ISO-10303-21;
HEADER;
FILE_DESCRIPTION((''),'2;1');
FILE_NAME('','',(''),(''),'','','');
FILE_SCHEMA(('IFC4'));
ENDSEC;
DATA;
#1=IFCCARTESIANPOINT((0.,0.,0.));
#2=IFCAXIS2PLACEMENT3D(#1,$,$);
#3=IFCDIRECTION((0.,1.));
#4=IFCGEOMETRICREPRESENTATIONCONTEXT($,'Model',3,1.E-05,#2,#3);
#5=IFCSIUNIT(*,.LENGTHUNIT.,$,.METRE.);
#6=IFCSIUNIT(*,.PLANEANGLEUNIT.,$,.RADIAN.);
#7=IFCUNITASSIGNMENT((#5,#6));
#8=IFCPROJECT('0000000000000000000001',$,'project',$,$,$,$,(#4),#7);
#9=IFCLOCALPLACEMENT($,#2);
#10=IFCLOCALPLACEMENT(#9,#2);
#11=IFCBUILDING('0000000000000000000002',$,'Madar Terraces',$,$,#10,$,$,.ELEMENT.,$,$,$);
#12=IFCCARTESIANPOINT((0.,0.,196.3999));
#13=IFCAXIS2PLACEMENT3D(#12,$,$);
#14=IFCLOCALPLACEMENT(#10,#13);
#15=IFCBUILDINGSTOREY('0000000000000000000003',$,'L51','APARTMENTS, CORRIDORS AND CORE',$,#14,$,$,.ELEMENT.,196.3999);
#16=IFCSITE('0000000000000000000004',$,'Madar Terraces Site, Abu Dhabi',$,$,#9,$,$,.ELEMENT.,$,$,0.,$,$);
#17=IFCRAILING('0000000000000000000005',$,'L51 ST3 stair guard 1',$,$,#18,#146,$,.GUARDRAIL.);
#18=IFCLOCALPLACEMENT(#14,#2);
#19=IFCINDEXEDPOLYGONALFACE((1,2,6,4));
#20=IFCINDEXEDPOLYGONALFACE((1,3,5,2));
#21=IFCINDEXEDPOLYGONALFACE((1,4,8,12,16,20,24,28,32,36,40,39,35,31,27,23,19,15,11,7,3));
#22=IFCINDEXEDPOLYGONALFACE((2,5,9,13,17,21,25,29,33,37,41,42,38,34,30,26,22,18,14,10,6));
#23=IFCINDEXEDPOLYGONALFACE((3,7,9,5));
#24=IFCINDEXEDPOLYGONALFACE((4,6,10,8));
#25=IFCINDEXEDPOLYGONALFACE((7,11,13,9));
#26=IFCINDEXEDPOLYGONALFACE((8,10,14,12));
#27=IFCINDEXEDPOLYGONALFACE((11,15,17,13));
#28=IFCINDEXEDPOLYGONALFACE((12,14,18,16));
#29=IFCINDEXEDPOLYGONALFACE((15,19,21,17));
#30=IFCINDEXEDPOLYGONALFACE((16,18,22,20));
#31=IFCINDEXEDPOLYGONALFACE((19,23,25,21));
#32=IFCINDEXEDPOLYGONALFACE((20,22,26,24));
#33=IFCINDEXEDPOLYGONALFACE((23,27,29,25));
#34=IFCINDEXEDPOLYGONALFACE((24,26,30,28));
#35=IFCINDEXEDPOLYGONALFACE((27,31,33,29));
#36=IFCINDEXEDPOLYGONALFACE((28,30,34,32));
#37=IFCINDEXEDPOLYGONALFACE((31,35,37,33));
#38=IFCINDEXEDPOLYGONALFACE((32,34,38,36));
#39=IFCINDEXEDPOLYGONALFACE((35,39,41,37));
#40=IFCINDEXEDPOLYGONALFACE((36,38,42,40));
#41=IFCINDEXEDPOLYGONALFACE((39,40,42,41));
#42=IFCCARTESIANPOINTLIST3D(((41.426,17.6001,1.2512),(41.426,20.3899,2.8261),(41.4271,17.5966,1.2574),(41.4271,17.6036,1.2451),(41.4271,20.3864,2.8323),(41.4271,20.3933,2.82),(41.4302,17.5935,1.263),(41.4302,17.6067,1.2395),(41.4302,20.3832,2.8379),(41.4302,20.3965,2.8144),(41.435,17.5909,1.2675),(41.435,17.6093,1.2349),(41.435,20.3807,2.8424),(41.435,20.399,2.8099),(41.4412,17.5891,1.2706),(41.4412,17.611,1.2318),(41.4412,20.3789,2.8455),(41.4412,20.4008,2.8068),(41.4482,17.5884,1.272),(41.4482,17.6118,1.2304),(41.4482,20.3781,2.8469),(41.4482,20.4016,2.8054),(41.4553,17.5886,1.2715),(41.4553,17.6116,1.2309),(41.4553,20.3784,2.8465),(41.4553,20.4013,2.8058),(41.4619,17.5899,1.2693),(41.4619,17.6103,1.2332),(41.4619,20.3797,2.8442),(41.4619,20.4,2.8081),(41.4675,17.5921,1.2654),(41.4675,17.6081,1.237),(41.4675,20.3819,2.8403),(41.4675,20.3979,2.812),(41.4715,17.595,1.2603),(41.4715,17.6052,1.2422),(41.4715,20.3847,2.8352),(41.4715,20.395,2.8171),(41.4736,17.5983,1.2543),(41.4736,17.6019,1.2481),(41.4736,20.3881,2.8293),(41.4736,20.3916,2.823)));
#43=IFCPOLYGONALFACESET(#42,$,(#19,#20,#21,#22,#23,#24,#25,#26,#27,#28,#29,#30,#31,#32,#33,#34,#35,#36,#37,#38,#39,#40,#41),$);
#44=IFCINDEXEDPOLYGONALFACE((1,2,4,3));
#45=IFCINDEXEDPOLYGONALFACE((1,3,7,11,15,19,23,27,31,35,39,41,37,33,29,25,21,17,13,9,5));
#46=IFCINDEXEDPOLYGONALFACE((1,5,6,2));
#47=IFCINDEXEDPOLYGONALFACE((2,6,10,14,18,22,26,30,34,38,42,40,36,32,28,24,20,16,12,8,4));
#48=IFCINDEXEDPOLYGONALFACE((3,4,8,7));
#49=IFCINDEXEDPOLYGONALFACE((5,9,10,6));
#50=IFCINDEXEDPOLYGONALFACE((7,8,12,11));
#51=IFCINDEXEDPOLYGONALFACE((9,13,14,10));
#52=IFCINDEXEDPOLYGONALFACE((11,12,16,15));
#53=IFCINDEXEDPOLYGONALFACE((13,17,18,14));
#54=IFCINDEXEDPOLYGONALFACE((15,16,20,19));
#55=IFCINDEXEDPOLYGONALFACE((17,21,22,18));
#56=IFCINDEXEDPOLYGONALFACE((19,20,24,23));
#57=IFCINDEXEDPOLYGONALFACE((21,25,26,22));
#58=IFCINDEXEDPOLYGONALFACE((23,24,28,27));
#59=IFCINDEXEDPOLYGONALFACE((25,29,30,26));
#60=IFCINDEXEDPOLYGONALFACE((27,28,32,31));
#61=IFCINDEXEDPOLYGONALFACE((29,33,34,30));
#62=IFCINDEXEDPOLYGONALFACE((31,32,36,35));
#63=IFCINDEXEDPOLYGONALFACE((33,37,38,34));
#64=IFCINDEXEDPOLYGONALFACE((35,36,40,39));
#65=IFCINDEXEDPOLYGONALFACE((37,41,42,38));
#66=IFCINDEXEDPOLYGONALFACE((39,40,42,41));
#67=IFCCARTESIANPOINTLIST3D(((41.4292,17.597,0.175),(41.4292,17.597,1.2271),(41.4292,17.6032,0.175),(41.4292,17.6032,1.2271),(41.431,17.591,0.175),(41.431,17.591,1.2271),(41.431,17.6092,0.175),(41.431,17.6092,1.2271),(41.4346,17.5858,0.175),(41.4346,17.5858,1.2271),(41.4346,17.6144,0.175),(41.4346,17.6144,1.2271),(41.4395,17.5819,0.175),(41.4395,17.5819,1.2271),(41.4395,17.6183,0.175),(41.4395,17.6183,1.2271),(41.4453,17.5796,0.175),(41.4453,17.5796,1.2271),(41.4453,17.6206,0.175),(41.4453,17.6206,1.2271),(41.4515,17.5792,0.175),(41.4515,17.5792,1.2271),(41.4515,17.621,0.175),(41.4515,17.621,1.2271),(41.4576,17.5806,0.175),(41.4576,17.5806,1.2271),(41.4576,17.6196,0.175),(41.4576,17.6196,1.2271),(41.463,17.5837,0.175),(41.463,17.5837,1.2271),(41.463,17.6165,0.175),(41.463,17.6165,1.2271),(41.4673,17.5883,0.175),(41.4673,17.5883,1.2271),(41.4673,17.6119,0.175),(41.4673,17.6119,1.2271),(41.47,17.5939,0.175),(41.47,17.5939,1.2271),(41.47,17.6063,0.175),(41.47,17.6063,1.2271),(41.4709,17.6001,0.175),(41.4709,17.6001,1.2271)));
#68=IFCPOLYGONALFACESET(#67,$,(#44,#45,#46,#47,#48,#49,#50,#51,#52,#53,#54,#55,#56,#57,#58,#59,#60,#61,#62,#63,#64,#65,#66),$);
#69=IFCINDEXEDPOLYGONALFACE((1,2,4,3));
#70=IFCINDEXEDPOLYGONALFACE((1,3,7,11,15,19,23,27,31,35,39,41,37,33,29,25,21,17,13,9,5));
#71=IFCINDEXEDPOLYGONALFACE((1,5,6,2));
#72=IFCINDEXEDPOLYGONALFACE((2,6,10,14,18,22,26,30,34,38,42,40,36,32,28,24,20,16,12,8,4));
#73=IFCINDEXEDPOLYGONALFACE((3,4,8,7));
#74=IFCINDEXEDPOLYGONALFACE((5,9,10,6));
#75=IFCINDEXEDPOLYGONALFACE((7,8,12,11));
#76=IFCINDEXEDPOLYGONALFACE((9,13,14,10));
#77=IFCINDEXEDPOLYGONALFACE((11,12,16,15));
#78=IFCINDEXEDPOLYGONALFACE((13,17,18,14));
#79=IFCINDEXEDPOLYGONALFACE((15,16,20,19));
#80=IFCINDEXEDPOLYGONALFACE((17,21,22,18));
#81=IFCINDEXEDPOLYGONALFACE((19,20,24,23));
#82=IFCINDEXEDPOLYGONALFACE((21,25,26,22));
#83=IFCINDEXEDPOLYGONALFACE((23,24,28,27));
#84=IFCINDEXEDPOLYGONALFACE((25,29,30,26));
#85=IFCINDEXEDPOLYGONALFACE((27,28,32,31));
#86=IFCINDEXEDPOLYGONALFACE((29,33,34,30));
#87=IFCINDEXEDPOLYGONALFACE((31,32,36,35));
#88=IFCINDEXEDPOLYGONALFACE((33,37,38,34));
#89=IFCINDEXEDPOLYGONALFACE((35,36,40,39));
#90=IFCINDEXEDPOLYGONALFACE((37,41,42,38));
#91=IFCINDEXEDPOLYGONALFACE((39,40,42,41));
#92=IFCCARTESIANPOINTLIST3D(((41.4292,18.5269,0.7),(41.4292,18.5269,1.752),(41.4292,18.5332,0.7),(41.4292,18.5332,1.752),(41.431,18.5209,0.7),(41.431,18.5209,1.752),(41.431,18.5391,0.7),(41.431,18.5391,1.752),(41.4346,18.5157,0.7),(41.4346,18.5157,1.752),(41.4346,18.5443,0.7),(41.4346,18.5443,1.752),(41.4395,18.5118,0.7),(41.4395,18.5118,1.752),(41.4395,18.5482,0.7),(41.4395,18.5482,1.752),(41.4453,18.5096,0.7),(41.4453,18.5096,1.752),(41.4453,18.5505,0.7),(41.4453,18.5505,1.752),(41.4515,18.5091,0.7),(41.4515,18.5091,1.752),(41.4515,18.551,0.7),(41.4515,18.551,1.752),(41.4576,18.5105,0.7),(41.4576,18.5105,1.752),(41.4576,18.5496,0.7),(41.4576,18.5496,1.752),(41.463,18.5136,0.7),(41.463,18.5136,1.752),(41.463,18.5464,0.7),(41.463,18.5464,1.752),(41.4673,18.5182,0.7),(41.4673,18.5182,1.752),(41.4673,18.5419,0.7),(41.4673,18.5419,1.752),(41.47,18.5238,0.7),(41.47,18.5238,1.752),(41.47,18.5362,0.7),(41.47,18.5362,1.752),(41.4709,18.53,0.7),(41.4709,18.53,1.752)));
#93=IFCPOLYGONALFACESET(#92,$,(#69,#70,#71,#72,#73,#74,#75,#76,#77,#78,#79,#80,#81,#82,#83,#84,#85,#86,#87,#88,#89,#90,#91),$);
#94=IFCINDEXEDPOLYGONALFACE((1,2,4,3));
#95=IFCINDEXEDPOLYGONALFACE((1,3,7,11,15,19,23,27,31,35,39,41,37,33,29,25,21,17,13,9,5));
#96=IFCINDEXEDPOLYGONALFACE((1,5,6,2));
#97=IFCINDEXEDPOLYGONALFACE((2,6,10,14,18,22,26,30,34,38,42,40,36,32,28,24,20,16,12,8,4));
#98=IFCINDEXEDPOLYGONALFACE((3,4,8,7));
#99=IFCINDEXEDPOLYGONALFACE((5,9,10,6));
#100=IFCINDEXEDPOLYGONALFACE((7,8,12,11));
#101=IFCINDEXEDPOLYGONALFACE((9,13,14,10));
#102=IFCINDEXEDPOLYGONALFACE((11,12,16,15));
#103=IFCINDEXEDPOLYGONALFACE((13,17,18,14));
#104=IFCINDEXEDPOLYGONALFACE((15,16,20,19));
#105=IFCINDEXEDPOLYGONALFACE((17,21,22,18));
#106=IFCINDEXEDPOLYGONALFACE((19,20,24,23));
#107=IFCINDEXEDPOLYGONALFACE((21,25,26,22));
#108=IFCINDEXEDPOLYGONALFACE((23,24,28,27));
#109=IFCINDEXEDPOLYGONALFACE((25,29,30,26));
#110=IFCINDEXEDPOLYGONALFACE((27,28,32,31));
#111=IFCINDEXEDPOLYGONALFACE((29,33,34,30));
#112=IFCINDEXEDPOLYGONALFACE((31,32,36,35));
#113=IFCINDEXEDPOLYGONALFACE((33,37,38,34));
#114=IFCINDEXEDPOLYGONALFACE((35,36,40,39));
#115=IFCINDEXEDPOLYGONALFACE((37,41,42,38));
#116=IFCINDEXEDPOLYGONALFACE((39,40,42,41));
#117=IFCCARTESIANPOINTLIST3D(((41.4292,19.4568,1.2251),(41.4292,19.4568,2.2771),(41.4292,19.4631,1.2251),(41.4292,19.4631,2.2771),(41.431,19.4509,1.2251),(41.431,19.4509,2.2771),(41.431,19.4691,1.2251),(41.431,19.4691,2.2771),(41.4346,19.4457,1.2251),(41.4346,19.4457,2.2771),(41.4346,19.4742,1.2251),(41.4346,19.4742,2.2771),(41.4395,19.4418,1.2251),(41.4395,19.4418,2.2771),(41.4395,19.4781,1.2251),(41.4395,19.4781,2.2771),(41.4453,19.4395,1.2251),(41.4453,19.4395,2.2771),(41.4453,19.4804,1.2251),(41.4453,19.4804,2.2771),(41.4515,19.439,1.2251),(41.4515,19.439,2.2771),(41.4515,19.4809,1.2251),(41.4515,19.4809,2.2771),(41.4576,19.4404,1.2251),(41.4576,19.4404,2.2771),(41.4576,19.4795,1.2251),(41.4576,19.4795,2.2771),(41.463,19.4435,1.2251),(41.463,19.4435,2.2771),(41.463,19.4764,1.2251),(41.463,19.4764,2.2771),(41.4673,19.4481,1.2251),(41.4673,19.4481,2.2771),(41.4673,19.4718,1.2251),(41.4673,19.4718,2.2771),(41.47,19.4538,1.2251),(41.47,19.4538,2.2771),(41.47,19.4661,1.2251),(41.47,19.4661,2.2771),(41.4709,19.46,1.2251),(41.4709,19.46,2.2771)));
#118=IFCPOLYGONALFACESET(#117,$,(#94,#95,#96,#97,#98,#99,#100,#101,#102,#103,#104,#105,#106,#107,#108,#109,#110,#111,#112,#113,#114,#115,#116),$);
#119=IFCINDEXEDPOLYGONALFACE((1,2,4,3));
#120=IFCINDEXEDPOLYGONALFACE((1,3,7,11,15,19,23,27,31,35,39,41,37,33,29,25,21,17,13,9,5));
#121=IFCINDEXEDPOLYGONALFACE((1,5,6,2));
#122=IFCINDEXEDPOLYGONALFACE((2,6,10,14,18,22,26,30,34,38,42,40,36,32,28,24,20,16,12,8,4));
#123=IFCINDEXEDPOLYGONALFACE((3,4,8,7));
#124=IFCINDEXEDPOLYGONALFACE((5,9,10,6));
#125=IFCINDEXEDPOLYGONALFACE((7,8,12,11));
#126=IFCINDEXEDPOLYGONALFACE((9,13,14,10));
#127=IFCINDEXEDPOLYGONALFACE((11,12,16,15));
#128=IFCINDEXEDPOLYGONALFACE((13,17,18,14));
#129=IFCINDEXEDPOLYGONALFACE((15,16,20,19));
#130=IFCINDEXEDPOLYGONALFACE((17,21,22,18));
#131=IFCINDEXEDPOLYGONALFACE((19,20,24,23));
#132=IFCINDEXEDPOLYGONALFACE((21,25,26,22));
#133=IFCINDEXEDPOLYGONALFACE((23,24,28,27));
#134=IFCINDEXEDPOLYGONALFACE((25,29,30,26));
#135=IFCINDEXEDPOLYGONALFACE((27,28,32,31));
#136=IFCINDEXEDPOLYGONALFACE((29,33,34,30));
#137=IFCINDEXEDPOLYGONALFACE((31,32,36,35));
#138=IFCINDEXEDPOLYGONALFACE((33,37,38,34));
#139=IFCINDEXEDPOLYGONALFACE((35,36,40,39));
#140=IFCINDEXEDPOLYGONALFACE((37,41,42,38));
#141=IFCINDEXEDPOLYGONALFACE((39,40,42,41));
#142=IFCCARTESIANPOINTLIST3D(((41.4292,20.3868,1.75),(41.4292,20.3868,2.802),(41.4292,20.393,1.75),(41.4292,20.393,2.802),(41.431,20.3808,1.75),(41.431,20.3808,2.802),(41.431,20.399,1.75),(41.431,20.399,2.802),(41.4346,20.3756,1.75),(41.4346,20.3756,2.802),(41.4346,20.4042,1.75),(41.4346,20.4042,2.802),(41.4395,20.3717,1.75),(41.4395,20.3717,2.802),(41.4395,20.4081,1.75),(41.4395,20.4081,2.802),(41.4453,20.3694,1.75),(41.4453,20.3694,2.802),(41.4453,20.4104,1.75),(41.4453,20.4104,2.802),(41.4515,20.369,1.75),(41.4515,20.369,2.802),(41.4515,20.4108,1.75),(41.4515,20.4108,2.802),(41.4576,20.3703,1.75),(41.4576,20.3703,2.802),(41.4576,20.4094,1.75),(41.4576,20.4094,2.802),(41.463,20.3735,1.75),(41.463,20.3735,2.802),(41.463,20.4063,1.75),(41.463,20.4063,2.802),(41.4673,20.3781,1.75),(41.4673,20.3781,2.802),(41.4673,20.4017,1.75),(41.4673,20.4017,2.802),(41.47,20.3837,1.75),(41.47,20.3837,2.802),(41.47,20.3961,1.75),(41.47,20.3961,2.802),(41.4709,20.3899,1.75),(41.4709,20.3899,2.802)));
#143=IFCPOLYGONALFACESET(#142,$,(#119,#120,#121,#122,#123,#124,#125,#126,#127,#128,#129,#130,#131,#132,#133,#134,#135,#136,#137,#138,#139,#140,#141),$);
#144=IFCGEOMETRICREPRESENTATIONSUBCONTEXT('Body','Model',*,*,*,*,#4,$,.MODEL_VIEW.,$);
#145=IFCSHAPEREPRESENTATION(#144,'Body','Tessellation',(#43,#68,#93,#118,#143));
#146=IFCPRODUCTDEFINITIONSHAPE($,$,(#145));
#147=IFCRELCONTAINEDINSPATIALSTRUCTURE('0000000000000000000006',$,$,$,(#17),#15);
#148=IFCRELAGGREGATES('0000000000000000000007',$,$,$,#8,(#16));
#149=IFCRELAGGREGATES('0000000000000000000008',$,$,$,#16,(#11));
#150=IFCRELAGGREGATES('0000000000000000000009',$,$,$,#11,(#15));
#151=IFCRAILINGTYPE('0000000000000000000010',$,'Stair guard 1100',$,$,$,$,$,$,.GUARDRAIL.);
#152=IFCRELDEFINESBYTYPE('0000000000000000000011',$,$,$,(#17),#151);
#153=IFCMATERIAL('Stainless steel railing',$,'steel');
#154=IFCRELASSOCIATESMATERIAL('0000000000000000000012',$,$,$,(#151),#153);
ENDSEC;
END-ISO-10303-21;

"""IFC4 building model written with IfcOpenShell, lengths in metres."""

from ifc_helpers import new_model, si_unit, direction, frame, origin, origin_2d, place, context, subcontext, project, spatial, circle, extrude, material, type_object, element, save


model = new_model("IFC4")

# Units and contexts
model_context = context("Model", 3, precision=1e-05, world=origin(), true_north=direction((0.0, 1.0)))
body_context = subcontext(model_context, "Body", "Model", "MODEL_VIEW")
ifc_project = project(units=[si_unit("LENGTHUNIT", "METRE"), si_unit("PLANEANGLEUNIT", "RADIAN")], contexts=[model_context])

# Site, building, storey
site_placement = place(None, origin())
site = spatial("IfcSite", under=ifc_project, at=site_placement, Name="Madar Terraces Site, Abu Dhabi", CompositionType="ELEMENT", RefElevation=0.0)
building_placement = place(site_placement, origin())
building = spatial("IfcBuilding", under=site, at=building_placement, Name="Madar Terraces", CompositionType="ELEMENT")
storey_placement = place(building_placement, frame((0.0, 0.0, 196.3999)))
storey = spatial("IfcBuildingStorey", under=building, at=storey_placement, Name="L51", Description="APARTMENTS, CORRIDORS AND CORE", CompositionType="ELEMENT", Elevation=196.3999)

# Railing
ifc_material_1 = material(Name="Stainless steel railing", Category="steel")
railing_type_1 = type_object("IfcRailingType", Name="Stair guard 1100", PredefinedType="GUARDRAIL", material=ifc_material_1)
railing_1_placement = place(storey_placement, frame((41.45, 17.6001, 0.175)))
element("IfcRailing", 1, at=railing_1_placement, inside=storey, type_object=railing_type_1, Name="L51 ST3 stair guard 1", PredefinedType="GUARDRAIL", context=body_context, shape_type="SweptSolid", body=[
    extrude(circle(Radius=0.0239, at=origin_2d()), frame((0.0, 0.0, 1.0762), z_axis=(0.0, 0.870815, 0.49161), x_axis=(-1.0, 0.0, 0.0)), (0.0, 0.0, 1.0), 3.2036),
    extrude(circle(Radius=0.021, at=origin_2d()), origin(), (0.0, 0.0, 1.0), 1.052),
    extrude(circle(Radius=0.021, at=origin_2d()), frame((0.0, 0.9299, 0.5249)), (0.0, 0.0, 1.0), 1.052),
    extrude(circle(Radius=0.021, at=origin_2d()), frame((0.0, 1.8599, 1.05)), (0.0, 0.0, 1.0), 1.052),
    extrude(circle(Radius=0.021, at=origin_2d()), frame((0.0, 2.7898, 1.575)), (0.0, 0.0, 1.0), 1.052),
])

save(model, "model.ifc")
